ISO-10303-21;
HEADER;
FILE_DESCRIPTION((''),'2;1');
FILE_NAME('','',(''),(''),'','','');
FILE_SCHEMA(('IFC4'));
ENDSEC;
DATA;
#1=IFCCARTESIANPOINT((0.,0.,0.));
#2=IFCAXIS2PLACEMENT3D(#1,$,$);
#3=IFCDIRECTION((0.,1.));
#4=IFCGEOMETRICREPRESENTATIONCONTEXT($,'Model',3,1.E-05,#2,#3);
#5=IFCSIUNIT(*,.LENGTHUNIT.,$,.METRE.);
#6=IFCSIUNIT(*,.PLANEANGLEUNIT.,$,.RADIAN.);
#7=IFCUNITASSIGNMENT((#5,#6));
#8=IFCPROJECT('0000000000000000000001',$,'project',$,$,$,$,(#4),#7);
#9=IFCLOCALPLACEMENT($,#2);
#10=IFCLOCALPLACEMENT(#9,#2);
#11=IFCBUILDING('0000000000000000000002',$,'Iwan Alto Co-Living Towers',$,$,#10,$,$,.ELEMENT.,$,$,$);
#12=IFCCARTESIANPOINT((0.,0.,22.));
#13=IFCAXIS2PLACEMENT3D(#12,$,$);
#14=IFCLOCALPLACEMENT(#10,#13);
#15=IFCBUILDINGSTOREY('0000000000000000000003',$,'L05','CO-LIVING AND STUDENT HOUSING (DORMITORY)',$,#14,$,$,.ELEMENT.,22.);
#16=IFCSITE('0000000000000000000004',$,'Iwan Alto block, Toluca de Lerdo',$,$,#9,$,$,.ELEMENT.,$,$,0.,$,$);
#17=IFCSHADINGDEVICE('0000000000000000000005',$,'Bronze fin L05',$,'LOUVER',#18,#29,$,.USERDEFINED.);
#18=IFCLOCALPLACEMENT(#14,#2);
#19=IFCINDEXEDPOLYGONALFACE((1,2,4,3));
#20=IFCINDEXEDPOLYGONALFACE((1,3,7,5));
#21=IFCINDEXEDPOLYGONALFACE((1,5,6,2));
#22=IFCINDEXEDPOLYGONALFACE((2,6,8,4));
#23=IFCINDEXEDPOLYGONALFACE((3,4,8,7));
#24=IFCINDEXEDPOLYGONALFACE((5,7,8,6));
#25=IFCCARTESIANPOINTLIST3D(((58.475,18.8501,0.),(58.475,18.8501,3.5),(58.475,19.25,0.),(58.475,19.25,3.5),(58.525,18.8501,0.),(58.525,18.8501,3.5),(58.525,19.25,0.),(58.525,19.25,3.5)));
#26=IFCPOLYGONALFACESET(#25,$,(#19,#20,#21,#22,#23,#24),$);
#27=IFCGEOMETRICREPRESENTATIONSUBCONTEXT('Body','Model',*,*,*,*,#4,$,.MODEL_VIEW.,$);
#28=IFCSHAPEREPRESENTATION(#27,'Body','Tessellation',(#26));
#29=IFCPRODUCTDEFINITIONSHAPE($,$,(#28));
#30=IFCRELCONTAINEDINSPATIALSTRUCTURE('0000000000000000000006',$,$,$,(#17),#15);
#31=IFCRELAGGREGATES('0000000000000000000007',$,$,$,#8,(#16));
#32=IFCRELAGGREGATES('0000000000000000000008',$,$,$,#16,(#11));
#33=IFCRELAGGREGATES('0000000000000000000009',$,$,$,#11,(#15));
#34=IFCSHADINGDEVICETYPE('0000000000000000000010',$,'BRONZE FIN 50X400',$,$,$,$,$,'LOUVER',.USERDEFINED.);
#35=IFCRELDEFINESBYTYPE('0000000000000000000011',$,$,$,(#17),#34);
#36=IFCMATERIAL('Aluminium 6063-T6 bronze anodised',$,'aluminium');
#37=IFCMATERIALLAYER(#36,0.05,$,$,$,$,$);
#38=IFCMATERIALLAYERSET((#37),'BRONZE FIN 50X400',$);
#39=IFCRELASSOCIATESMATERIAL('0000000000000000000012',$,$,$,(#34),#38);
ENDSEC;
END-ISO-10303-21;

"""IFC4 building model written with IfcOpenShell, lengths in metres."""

from ifc_helpers import new_model, si_unit, direction, frame, origin, origin_2d, place, context, subcontext, project, spatial, rectangle, extrude, material, layer, layer_set, type_object, element, save


model = new_model("IFC4")

# Units and contexts
model_context = context("Model", 3, precision=1e-05, world=origin(), true_north=direction((0.0, 1.0)))
body_context = subcontext(model_context, "Body", "Model", "MODEL_VIEW")
ifc_project = project(units=[si_unit("LENGTHUNIT", "METRE"), si_unit("PLANEANGLEUNIT", "RADIAN")], contexts=[model_context])

# Site, building, storey
site_placement = place(None, origin())
site = spatial("IfcSite", under=ifc_project, at=site_placement, Name="Iwan Alto block, Toluca de Lerdo", CompositionType="ELEMENT", RefElevation=0.0)
building_placement = place(site_placement, origin())
building = spatial("IfcBuilding", under=site, at=building_placement, Name="Iwan Alto Co-Living Towers", CompositionType="ELEMENT")
storey_placement = place(building_placement, frame((0.0, 0.0, 22.0)))
storey = spatial("IfcBuildingStorey", under=building, at=storey_placement, Name="L05", Description="CO-LIVING AND STUDENT HOUSING (DORMITORY)", CompositionType="ELEMENT", Elevation=22.0)

# Shading device
ifc_material_1 = material(Name="Aluminium 6063-T6 bronze anodised", Category="aluminium")
ifc_layer_1 = layer(ifc_material_1, 0.05)
ifc_layer_set_1 = layer_set([ifc_layer_1], Name="BRONZE FIN 50X400")
shading_device_type = type_object("IfcShadingDeviceType", Name="BRONZE FIN 50X400", ElementType="LOUVER", PredefinedType="USERDEFINED", material=ifc_layer_set_1)
shading_device_placement = place(storey_placement, frame((58.5, 19.05, 0.0), z_axis=(0.0, 0.0, 1.0), x_axis=(-1.0, 0.0, 0.0)))
element("IfcShadingDevice", 1, at=shading_device_placement, inside=storey, type_object=shading_device_type, Name="Bronze fin L05", ObjectType="LOUVER", PredefinedType="USERDEFINED", context=body_context, shape_type="SweptSolid", body=[
    extrude(rectangle(XDim=0.05, YDim=0.3999, at=origin_2d()), origin(), (0.0, 0.0, 1.0), 3.5),
])

save(model, "model.ifc")
